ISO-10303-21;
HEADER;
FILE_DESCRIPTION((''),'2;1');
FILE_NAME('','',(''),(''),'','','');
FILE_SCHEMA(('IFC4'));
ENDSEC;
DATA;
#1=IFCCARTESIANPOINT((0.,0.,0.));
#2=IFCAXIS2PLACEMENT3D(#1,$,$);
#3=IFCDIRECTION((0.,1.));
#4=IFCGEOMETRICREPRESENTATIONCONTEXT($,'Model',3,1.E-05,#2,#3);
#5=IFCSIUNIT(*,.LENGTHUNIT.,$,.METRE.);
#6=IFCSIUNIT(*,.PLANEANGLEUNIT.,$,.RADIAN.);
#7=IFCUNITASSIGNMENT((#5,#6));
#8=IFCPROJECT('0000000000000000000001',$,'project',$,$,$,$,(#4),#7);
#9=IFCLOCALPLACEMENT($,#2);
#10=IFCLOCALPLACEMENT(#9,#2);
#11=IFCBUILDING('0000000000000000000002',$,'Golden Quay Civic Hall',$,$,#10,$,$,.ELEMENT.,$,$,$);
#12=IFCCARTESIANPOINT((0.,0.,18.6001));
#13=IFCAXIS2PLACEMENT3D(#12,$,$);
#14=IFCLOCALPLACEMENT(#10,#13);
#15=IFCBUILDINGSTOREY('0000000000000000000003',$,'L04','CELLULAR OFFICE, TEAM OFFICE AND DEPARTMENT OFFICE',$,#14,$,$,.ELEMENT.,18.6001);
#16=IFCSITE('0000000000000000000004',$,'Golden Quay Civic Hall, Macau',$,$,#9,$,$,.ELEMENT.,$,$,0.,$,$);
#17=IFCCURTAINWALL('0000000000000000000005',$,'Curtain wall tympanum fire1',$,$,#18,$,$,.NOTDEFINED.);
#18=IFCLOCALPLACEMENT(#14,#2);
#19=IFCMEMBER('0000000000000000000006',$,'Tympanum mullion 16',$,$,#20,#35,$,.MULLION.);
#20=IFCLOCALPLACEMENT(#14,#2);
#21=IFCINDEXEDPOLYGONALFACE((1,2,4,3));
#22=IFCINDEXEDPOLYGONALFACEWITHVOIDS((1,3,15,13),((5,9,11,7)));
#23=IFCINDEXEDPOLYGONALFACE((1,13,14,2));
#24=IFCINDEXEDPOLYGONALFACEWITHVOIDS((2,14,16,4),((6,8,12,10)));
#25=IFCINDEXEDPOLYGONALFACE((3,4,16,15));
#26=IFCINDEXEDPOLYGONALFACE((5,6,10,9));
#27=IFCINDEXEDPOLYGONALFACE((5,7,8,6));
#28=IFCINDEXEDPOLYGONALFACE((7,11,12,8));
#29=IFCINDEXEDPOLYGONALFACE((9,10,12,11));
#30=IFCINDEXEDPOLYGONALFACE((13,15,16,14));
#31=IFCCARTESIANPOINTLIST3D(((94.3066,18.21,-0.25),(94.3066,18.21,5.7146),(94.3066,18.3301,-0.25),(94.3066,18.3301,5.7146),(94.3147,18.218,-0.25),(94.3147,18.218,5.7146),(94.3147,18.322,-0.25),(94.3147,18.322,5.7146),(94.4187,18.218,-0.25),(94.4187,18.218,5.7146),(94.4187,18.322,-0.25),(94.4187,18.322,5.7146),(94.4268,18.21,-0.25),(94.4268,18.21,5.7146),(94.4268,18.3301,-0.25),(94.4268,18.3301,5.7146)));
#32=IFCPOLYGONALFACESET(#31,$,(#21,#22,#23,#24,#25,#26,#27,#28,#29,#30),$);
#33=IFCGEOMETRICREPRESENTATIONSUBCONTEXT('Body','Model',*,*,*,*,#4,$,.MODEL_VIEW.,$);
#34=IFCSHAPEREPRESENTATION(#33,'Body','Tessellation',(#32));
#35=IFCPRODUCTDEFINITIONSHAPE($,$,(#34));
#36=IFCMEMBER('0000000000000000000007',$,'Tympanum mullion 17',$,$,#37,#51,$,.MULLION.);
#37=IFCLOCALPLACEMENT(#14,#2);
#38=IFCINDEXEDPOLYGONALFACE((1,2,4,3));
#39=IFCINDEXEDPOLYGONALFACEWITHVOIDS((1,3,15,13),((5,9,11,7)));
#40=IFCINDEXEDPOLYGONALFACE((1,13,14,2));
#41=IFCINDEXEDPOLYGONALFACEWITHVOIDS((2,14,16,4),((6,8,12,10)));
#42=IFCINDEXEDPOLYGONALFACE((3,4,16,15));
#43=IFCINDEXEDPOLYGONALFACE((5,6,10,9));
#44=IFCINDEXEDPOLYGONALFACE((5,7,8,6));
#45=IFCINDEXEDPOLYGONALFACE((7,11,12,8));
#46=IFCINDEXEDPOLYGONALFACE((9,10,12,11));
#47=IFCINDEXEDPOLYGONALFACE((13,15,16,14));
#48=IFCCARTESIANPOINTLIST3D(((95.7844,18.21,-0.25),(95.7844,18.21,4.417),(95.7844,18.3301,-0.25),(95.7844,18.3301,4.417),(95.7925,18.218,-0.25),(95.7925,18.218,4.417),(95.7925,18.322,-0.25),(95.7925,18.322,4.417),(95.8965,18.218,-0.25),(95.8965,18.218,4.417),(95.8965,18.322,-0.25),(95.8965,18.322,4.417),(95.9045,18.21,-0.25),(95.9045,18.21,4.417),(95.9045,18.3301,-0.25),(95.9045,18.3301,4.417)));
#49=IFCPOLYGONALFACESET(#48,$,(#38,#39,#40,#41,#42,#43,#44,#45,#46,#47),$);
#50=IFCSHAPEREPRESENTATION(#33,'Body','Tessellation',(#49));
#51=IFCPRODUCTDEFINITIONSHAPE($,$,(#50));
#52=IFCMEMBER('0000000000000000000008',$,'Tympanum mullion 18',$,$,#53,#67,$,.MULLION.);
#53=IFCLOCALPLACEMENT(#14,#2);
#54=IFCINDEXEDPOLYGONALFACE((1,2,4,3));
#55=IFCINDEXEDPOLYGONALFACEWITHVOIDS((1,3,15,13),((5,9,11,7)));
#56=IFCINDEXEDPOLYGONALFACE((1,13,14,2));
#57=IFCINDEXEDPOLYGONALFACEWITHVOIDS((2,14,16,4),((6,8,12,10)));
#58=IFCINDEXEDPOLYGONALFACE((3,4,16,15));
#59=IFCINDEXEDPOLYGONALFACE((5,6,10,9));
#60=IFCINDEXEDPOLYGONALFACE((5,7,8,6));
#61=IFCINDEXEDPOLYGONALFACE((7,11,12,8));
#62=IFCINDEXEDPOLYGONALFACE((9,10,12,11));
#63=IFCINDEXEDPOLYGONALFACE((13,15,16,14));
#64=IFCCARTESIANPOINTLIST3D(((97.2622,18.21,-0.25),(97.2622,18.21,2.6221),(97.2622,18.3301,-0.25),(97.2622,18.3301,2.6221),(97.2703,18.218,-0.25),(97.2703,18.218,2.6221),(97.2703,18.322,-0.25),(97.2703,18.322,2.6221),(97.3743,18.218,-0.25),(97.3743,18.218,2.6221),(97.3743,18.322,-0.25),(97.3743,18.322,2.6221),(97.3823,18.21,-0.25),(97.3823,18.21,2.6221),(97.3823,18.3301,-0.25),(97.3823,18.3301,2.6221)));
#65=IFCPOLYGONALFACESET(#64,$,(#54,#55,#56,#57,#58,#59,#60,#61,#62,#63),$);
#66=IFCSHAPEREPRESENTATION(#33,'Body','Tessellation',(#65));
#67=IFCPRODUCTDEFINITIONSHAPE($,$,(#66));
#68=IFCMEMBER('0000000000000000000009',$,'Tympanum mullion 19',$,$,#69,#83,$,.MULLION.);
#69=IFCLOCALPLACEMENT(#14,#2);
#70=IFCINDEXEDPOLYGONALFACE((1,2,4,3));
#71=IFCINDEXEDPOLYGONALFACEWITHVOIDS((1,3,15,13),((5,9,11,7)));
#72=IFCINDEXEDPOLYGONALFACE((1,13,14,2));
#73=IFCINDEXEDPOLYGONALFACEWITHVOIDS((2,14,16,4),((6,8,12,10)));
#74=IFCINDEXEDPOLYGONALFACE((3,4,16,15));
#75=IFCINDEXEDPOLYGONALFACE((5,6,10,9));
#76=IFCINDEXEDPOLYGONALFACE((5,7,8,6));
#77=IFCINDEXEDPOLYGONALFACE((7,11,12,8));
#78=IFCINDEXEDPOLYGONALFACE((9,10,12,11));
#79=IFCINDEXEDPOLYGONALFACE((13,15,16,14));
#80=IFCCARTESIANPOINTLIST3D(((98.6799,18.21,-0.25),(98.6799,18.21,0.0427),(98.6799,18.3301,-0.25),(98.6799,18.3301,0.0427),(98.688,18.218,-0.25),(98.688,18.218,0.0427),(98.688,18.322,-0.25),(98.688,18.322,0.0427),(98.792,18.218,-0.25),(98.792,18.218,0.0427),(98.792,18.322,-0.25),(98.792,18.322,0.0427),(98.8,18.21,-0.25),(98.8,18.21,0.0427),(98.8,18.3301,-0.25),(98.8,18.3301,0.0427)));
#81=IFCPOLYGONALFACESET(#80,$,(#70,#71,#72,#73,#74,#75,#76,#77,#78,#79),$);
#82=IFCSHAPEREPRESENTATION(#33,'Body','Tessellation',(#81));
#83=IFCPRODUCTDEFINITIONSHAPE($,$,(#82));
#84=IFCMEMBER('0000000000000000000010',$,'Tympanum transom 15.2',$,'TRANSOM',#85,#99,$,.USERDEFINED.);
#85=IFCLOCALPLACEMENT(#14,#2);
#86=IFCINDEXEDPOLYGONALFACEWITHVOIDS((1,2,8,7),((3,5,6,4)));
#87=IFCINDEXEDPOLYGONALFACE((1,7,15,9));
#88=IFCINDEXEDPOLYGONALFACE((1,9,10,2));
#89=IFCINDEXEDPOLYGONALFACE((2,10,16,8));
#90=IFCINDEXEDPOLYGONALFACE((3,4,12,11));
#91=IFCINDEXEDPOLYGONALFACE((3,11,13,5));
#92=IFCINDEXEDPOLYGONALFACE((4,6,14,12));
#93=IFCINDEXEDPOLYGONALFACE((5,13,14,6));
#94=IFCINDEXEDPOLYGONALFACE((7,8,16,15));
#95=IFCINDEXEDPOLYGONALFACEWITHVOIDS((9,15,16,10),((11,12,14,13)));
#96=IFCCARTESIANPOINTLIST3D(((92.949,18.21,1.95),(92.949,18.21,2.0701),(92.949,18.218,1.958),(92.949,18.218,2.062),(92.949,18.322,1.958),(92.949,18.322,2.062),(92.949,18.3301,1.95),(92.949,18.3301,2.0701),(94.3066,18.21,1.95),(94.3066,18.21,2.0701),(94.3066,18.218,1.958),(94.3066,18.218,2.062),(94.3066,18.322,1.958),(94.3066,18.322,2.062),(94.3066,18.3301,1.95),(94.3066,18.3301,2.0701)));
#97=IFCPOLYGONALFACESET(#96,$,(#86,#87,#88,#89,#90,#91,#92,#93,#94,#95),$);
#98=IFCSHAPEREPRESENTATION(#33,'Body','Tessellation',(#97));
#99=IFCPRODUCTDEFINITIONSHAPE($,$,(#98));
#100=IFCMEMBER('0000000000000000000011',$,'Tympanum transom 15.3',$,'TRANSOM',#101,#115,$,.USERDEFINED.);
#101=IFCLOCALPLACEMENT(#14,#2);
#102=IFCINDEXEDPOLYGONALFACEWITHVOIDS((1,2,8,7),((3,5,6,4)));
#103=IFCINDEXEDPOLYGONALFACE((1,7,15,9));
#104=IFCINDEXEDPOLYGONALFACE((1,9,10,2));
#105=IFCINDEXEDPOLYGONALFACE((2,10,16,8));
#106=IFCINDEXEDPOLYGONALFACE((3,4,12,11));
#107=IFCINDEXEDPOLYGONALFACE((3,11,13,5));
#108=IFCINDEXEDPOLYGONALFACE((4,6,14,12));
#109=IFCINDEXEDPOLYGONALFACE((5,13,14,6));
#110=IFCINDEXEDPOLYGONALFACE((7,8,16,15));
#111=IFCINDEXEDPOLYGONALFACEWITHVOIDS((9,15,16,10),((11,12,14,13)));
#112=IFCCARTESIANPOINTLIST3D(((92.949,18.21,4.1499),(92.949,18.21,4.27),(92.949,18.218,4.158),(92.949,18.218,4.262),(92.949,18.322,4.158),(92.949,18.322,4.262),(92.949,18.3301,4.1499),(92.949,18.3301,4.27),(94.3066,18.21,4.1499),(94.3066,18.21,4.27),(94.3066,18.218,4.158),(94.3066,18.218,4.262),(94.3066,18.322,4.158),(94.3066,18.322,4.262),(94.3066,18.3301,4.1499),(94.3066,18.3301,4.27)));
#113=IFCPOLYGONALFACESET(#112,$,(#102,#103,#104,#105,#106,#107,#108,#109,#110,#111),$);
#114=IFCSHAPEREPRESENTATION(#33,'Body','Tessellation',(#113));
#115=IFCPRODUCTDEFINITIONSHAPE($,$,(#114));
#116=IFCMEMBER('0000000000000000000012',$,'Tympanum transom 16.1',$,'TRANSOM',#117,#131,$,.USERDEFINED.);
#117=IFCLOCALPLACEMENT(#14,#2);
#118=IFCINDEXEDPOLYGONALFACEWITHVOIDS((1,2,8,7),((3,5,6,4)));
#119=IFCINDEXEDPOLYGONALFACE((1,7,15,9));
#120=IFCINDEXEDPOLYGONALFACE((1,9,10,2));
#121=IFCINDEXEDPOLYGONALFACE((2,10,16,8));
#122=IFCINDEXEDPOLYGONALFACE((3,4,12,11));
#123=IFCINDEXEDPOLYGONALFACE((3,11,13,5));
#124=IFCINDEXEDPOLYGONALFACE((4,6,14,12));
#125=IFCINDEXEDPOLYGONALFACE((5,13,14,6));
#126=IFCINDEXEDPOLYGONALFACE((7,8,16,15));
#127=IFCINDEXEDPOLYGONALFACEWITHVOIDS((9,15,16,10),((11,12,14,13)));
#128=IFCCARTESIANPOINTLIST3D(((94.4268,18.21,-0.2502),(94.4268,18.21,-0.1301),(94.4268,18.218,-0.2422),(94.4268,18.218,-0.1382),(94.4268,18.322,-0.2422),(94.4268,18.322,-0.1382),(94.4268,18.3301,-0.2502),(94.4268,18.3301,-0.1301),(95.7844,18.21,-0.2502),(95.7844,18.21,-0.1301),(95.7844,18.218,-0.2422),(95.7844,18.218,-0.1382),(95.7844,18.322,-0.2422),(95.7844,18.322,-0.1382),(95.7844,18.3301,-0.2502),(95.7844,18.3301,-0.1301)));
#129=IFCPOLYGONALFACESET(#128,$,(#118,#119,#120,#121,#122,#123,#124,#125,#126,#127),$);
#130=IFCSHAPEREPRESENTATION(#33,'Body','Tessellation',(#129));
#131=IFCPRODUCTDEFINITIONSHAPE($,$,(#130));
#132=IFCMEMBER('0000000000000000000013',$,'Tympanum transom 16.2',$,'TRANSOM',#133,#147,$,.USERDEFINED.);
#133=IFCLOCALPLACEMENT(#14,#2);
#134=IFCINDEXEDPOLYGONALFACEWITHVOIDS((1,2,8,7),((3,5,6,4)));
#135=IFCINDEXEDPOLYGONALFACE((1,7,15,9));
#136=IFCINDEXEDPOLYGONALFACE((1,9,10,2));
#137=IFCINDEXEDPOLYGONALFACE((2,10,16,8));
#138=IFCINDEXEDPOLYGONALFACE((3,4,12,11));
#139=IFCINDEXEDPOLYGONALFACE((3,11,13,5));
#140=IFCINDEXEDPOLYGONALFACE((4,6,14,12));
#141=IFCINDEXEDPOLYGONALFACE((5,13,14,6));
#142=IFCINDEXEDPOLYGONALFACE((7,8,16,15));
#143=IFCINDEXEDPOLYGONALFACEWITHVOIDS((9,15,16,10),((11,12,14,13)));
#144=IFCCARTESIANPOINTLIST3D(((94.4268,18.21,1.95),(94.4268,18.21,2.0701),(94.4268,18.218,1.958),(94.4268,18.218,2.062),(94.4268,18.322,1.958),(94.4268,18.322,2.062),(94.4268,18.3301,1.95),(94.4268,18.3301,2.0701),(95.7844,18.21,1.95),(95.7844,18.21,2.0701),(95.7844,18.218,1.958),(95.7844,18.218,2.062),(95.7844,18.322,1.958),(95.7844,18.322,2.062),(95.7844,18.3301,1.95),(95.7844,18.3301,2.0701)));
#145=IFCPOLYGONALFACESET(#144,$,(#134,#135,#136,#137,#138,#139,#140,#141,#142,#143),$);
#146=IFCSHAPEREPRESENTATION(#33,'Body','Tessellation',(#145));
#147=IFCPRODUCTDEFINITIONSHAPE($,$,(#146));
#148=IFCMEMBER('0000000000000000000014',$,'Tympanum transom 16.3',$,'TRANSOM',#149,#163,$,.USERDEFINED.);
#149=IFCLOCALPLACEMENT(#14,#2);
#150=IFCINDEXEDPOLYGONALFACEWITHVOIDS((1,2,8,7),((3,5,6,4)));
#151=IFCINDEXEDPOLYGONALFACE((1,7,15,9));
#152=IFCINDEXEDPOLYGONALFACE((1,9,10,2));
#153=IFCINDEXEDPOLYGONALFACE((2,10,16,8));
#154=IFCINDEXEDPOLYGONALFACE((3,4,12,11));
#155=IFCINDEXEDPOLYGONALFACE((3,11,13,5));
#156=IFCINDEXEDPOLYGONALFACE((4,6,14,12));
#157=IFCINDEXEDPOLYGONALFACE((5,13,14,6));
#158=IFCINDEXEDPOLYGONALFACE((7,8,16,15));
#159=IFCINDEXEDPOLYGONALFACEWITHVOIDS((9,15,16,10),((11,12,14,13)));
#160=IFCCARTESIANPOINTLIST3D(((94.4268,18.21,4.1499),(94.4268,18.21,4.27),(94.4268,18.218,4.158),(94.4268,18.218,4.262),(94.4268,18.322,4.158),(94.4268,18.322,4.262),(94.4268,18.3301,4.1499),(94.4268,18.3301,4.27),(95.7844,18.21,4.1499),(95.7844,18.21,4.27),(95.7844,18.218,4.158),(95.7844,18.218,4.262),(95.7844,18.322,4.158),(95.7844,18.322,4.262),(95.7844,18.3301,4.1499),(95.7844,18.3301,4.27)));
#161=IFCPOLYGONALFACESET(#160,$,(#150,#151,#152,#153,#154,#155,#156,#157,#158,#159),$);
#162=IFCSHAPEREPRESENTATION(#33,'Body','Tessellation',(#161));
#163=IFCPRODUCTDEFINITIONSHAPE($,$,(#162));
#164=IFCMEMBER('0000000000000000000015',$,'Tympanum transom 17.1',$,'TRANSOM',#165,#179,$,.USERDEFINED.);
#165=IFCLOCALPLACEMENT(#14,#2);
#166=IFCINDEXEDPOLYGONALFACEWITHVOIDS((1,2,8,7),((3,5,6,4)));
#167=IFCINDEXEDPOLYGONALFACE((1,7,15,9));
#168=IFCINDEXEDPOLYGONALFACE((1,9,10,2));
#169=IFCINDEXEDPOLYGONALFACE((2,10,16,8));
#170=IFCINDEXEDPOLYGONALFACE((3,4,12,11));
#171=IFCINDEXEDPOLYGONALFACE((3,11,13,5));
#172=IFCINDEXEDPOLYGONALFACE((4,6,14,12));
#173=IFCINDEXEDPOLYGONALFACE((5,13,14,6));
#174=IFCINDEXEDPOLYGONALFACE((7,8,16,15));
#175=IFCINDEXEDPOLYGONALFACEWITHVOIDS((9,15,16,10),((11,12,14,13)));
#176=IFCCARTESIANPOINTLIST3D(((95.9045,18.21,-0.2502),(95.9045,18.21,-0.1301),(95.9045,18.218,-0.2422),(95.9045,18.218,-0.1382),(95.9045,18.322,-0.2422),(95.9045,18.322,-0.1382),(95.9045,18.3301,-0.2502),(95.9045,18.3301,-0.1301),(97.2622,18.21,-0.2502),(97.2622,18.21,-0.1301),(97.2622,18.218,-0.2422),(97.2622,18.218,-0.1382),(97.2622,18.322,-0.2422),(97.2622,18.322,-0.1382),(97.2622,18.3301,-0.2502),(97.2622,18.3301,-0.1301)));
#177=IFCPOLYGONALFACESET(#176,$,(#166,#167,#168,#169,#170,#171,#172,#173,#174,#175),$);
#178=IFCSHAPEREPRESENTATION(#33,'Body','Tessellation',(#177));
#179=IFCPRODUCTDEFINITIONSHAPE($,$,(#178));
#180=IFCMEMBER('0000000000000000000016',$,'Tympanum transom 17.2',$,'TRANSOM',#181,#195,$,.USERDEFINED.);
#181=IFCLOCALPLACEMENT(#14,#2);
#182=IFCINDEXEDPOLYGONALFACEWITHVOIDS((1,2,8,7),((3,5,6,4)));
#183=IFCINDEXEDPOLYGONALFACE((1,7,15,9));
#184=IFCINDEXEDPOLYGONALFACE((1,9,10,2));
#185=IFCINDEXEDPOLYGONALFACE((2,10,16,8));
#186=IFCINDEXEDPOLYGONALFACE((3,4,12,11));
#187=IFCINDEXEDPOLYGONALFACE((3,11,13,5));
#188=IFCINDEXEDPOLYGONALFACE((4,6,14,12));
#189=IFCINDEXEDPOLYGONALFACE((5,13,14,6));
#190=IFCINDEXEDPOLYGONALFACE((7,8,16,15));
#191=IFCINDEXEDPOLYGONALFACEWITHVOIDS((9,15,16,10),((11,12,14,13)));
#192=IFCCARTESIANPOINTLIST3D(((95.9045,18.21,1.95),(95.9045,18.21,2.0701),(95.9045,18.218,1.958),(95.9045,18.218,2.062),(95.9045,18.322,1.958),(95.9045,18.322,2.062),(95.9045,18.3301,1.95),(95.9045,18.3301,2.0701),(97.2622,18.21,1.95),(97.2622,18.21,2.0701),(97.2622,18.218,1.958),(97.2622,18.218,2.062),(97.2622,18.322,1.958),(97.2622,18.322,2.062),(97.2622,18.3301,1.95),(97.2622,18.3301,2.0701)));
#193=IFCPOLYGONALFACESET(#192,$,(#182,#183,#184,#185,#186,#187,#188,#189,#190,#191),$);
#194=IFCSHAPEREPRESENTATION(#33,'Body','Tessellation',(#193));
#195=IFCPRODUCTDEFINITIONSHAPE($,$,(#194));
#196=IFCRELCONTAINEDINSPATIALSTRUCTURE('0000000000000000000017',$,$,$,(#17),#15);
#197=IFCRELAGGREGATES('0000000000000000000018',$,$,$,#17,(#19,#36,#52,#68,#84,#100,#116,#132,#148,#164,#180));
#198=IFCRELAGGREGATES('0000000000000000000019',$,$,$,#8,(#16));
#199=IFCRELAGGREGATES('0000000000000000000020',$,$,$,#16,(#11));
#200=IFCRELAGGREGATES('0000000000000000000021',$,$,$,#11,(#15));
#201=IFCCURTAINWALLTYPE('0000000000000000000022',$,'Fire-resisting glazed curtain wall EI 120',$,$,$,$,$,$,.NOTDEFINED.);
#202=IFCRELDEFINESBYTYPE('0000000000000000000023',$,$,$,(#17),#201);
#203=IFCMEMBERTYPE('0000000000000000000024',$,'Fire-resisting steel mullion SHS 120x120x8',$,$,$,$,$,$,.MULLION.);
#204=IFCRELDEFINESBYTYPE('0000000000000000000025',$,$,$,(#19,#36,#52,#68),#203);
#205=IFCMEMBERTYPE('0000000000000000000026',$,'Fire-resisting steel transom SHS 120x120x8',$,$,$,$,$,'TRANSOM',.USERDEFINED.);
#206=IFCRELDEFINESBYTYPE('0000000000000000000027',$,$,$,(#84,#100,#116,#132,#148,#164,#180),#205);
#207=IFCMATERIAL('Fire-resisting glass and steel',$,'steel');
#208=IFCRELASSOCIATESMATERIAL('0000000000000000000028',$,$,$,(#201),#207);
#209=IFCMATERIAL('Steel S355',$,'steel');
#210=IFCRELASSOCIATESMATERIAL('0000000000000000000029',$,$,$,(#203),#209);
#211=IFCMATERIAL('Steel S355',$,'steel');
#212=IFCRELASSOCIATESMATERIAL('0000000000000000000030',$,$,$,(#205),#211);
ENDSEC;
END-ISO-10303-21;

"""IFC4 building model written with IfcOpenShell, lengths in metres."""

from ifc_helpers import new_model, si_unit, direction, frame, origin, origin_2d, place, context, subcontext, project, spatial, hollow_rectangle, extrude, material, material_profile, profile_set, type_object, element, aggregate, save


model = new_model("IFC4")

# Units and contexts
model_context = context("Model", 3, precision=1e-05, world=origin(), true_north=direction((0.0, 1.0)))
body_context = subcontext(model_context, "Body", "Model", "MODEL_VIEW")
ifc_project = project(units=[si_unit("LENGTHUNIT", "METRE"), si_unit("PLANEANGLEUNIT", "RADIAN")], contexts=[model_context])

# Site, building, storey
site_placement = place(None, origin())
site = spatial("IfcSite", under=ifc_project, at=site_placement, Name="Golden Quay Civic Hall, Macau", CompositionType="ELEMENT", RefElevation=0.0)
building_placement = place(site_placement, origin())
building = spatial("IfcBuilding", under=site, at=building_placement, Name="Golden Quay Civic Hall", CompositionType="ELEMENT")
storey_placement = place(building_placement, frame((0.0, 0.0, 18.6001)))
storey = spatial("IfcBuildingStorey", under=building, at=storey_placement, Name="L04", Description="CELLULAR OFFICE, TEAM OFFICE AND DEPARTMENT OFFICE", CompositionType="ELEMENT", Elevation=18.6001)

# Curtain wall, members
ifc_material_1 = material(Name="Fire-resisting glass and steel", Category="steel")
curtain_wall_type = type_object("IfcCurtainWallType", Name="Fire-resisting glazed curtain wall EI 120", PredefinedType="NOTDEFINED", material=ifc_material_1)
curtain_wall_placement = place(storey_placement, origin())
curtain_wall = element("IfcCurtainWall", 1, at=curtain_wall_placement, inside=storey, type_object=curtain_wall_type, Name="Curtain wall tympanum fire1", PredefinedType="NOTDEFINED")
ifc_material_2 = material(Name="Steel S355", Category="steel")
ifc_material_profile_1 = material_profile(ifc_material_2, hollow_rectangle(XDim=0.1201, YDim=0.1201, WallThickness=0.0081, at=origin_2d()), Name="SHS 120x120x8")
ifc_profile_set_1 = profile_set([ifc_material_profile_1], Name="Steel S355")
member_type_1 = type_object("IfcMemberType", Name="Fire-resisting steel mullion SHS 120x120x8", PredefinedType="MULLION", material=ifc_profile_set_1)
member_1_placement = place(storey_placement, frame((94.3667, 18.27, -0.25), z_axis=(0.0, 0.0, 1.0), x_axis=(0.0, 1.0, 0.0)))
member_1 = element("IfcMember", 2, at=member_1_placement, type_object=member_type_1, Name="Tympanum mullion 16", PredefinedType="MULLION", context=body_context, shape_type="SweptSolid", body=[
    extrude(hollow_rectangle(XDim=0.1201, YDim=0.1201, WallThickness=0.0081, at=origin_2d()), origin(), (0.0, 0.0, 1.0), 5.9646),
])
member_2_placement = place(storey_placement, frame((95.8445, 18.27, -0.25), z_axis=(0.0, 0.0, 1.0), x_axis=(0.0, 1.0, 0.0)))
member_2 = element("IfcMember", 3, at=member_2_placement, type_object=member_type_1, Name="Tympanum mullion 17", PredefinedType="MULLION", context=body_context, shape_type="SweptSolid", body=[
    extrude(hollow_rectangle(XDim=0.1201, YDim=0.1201, WallThickness=0.0081, at=origin_2d()), origin(), (0.0, 0.0, 1.0), 4.667),
])
member_3_placement = place(storey_placement, frame((97.3223, 18.27, -0.25), z_axis=(0.0, 0.0, 1.0), x_axis=(0.0, 1.0, 0.0)))
member_3 = element("IfcMember", 4, at=member_3_placement, type_object=member_type_1, Name="Tympanum mullion 18", PredefinedType="MULLION", context=body_context, shape_type="SweptSolid", body=[
    extrude(hollow_rectangle(XDim=0.1201, YDim=0.1201, WallThickness=0.0081, at=origin_2d()), origin(), (0.0, 0.0, 1.0), 2.8721),
])
member_4_placement = place(storey_placement, frame((98.74, 18.27, -0.25), z_axis=(0.0, 0.0, 1.0), x_axis=(0.0, 1.0, 0.0)))
member_4 = element("IfcMember", 5, at=member_4_placement, type_object=member_type_1, Name="Tympanum mullion 19", PredefinedType="MULLION", context=body_context, shape_type="SweptSolid", body=[
    extrude(hollow_rectangle(XDim=0.1201, YDim=0.1201, WallThickness=0.0081, at=origin_2d()), origin(), (0.0, 0.0, 1.0), 0.2927),
])
ifc_material_3 = material(Name="Steel S355", Category="steel")
ifc_material_profile_2 = material_profile(ifc_material_3, hollow_rectangle(XDim=0.1201, YDim=0.1201, WallThickness=0.0081, at=origin_2d()), Name="SHS 120x120x8")
ifc_profile_set_2 = profile_set([ifc_material_profile_2], Name="Steel S355")
member_type_2 = type_object("IfcMemberType", Name="Fire-resisting steel transom SHS 120x120x8", ElementType="TRANSOM", PredefinedType="USERDEFINED", material=ifc_profile_set_2)
member_5_placement = place(storey_placement, frame((92.949, 18.27, 2.01), z_axis=(1.0, 0.0, 0.0), x_axis=(0.0, 1.0, 0.0)))
member_5 = element("IfcMember", 6, at=member_5_placement, type_object=member_type_2, Name="Tympanum transom 15.2", ObjectType="TRANSOM", PredefinedType="USERDEFINED", context=body_context, shape_type="SweptSolid", body=[
    extrude(hollow_rectangle(XDim=0.1201, YDim=0.1201, WallThickness=0.0081, at=origin_2d()), origin(), (0.0, 0.0, 1.0), 1.3577),
])
member_6_placement = place(storey_placement, frame((92.949, 18.27, 4.21), z_axis=(1.0, 0.0, 0.0), x_axis=(0.0, 1.0, 0.0)))
member_6 = element("IfcMember", 7, at=member_6_placement, type_object=member_type_2, Name="Tympanum transom 15.3", ObjectType="TRANSOM", PredefinedType="USERDEFINED", context=body_context, shape_type="SweptSolid", body=[
    extrude(hollow_rectangle(XDim=0.1201, YDim=0.1201, WallThickness=0.0081, at=origin_2d()), origin(), (0.0, 0.0, 1.0), 1.3577),
])
member_7_placement = place(storey_placement, frame((94.4268, 18.27, -0.1902), z_axis=(1.0, 0.0, 0.0), x_axis=(0.0, 1.0, 0.0)))
member_7 = element("IfcMember", 8, at=member_7_placement, type_object=member_type_2, Name="Tympanum transom 16.1", ObjectType="TRANSOM", PredefinedType="USERDEFINED", context=body_context, shape_type="SweptSolid", body=[
    extrude(hollow_rectangle(XDim=0.1201, YDim=0.1201, WallThickness=0.0081, at=origin_2d()), origin(), (0.0, 0.0, 1.0), 1.3577),
])
member_8_placement = place(storey_placement, frame((94.4268, 18.27, 2.01), z_axis=(1.0, 0.0, 0.0), x_axis=(0.0, 1.0, 0.0)))
member_8 = element("IfcMember", 9, at=member_8_placement, type_object=member_type_2, Name="Tympanum transom 16.2", ObjectType="TRANSOM", PredefinedType="USERDEFINED", context=body_context, shape_type="SweptSolid", body=[
    extrude(hollow_rectangle(XDim=0.1201, YDim=0.1201, WallThickness=0.0081, at=origin_2d()), origin(), (0.0, 0.0, 1.0), 1.3577),
])
member_9_placement = place(storey_placement, frame((94.4268, 18.27, 4.21), z_axis=(1.0, 0.0, 0.0), x_axis=(0.0, 1.0, 0.0)))
member_9 = element("IfcMember", 10, at=member_9_placement, type_object=member_type_2, Name="Tympanum transom 16.3", ObjectType="TRANSOM", PredefinedType="USERDEFINED", context=body_context, shape_type="SweptSolid", body=[
    extrude(hollow_rectangle(XDim=0.1201, YDim=0.1201, WallThickness=0.0081, at=origin_2d()), origin(), (0.0, 0.0, 1.0), 1.3577),
])
member_10_placement = place(storey_placement, frame((95.9045, 18.27, -0.1902), z_axis=(1.0, 0.0, 0.0), x_axis=(0.0, 1.0, 0.0)))
member_10 = element("IfcMember", 11, at=member_10_placement, type_object=member_type_2, Name="Tympanum transom 17.1", ObjectType="TRANSOM", PredefinedType="USERDEFINED", context=body_context, shape_type="SweptSolid", body=[
    extrude(hollow_rectangle(XDim=0.1201, YDim=0.1201, WallThickness=0.0081, at=origin_2d()), origin(), (0.0, 0.0, 1.0), 1.3577),
])
member_11_placement = place(storey_placement, frame((95.9045, 18.27, 2.01), z_axis=(1.0, 0.0, 0.0), x_axis=(0.0, 1.0, 0.0)))
member_11 = element("IfcMember", 12, at=member_11_placement, type_object=member_type_2, Name="Tympanum transom 17.2", ObjectType="TRANSOM", PredefinedType="USERDEFINED", context=body_context, shape_type="SweptSolid", body=[
    extrude(hollow_rectangle(XDim=0.1201, YDim=0.1201, WallThickness=0.0081, at=origin_2d()), origin(), (0.0, 0.0, 1.0), 1.3577),
])

aggregate(curtain_wall, [member_1, member_2, member_3, member_4, member_5, member_6, member_7, member_8, member_9, member_10, member_11])

save(model, "model.ifc")
